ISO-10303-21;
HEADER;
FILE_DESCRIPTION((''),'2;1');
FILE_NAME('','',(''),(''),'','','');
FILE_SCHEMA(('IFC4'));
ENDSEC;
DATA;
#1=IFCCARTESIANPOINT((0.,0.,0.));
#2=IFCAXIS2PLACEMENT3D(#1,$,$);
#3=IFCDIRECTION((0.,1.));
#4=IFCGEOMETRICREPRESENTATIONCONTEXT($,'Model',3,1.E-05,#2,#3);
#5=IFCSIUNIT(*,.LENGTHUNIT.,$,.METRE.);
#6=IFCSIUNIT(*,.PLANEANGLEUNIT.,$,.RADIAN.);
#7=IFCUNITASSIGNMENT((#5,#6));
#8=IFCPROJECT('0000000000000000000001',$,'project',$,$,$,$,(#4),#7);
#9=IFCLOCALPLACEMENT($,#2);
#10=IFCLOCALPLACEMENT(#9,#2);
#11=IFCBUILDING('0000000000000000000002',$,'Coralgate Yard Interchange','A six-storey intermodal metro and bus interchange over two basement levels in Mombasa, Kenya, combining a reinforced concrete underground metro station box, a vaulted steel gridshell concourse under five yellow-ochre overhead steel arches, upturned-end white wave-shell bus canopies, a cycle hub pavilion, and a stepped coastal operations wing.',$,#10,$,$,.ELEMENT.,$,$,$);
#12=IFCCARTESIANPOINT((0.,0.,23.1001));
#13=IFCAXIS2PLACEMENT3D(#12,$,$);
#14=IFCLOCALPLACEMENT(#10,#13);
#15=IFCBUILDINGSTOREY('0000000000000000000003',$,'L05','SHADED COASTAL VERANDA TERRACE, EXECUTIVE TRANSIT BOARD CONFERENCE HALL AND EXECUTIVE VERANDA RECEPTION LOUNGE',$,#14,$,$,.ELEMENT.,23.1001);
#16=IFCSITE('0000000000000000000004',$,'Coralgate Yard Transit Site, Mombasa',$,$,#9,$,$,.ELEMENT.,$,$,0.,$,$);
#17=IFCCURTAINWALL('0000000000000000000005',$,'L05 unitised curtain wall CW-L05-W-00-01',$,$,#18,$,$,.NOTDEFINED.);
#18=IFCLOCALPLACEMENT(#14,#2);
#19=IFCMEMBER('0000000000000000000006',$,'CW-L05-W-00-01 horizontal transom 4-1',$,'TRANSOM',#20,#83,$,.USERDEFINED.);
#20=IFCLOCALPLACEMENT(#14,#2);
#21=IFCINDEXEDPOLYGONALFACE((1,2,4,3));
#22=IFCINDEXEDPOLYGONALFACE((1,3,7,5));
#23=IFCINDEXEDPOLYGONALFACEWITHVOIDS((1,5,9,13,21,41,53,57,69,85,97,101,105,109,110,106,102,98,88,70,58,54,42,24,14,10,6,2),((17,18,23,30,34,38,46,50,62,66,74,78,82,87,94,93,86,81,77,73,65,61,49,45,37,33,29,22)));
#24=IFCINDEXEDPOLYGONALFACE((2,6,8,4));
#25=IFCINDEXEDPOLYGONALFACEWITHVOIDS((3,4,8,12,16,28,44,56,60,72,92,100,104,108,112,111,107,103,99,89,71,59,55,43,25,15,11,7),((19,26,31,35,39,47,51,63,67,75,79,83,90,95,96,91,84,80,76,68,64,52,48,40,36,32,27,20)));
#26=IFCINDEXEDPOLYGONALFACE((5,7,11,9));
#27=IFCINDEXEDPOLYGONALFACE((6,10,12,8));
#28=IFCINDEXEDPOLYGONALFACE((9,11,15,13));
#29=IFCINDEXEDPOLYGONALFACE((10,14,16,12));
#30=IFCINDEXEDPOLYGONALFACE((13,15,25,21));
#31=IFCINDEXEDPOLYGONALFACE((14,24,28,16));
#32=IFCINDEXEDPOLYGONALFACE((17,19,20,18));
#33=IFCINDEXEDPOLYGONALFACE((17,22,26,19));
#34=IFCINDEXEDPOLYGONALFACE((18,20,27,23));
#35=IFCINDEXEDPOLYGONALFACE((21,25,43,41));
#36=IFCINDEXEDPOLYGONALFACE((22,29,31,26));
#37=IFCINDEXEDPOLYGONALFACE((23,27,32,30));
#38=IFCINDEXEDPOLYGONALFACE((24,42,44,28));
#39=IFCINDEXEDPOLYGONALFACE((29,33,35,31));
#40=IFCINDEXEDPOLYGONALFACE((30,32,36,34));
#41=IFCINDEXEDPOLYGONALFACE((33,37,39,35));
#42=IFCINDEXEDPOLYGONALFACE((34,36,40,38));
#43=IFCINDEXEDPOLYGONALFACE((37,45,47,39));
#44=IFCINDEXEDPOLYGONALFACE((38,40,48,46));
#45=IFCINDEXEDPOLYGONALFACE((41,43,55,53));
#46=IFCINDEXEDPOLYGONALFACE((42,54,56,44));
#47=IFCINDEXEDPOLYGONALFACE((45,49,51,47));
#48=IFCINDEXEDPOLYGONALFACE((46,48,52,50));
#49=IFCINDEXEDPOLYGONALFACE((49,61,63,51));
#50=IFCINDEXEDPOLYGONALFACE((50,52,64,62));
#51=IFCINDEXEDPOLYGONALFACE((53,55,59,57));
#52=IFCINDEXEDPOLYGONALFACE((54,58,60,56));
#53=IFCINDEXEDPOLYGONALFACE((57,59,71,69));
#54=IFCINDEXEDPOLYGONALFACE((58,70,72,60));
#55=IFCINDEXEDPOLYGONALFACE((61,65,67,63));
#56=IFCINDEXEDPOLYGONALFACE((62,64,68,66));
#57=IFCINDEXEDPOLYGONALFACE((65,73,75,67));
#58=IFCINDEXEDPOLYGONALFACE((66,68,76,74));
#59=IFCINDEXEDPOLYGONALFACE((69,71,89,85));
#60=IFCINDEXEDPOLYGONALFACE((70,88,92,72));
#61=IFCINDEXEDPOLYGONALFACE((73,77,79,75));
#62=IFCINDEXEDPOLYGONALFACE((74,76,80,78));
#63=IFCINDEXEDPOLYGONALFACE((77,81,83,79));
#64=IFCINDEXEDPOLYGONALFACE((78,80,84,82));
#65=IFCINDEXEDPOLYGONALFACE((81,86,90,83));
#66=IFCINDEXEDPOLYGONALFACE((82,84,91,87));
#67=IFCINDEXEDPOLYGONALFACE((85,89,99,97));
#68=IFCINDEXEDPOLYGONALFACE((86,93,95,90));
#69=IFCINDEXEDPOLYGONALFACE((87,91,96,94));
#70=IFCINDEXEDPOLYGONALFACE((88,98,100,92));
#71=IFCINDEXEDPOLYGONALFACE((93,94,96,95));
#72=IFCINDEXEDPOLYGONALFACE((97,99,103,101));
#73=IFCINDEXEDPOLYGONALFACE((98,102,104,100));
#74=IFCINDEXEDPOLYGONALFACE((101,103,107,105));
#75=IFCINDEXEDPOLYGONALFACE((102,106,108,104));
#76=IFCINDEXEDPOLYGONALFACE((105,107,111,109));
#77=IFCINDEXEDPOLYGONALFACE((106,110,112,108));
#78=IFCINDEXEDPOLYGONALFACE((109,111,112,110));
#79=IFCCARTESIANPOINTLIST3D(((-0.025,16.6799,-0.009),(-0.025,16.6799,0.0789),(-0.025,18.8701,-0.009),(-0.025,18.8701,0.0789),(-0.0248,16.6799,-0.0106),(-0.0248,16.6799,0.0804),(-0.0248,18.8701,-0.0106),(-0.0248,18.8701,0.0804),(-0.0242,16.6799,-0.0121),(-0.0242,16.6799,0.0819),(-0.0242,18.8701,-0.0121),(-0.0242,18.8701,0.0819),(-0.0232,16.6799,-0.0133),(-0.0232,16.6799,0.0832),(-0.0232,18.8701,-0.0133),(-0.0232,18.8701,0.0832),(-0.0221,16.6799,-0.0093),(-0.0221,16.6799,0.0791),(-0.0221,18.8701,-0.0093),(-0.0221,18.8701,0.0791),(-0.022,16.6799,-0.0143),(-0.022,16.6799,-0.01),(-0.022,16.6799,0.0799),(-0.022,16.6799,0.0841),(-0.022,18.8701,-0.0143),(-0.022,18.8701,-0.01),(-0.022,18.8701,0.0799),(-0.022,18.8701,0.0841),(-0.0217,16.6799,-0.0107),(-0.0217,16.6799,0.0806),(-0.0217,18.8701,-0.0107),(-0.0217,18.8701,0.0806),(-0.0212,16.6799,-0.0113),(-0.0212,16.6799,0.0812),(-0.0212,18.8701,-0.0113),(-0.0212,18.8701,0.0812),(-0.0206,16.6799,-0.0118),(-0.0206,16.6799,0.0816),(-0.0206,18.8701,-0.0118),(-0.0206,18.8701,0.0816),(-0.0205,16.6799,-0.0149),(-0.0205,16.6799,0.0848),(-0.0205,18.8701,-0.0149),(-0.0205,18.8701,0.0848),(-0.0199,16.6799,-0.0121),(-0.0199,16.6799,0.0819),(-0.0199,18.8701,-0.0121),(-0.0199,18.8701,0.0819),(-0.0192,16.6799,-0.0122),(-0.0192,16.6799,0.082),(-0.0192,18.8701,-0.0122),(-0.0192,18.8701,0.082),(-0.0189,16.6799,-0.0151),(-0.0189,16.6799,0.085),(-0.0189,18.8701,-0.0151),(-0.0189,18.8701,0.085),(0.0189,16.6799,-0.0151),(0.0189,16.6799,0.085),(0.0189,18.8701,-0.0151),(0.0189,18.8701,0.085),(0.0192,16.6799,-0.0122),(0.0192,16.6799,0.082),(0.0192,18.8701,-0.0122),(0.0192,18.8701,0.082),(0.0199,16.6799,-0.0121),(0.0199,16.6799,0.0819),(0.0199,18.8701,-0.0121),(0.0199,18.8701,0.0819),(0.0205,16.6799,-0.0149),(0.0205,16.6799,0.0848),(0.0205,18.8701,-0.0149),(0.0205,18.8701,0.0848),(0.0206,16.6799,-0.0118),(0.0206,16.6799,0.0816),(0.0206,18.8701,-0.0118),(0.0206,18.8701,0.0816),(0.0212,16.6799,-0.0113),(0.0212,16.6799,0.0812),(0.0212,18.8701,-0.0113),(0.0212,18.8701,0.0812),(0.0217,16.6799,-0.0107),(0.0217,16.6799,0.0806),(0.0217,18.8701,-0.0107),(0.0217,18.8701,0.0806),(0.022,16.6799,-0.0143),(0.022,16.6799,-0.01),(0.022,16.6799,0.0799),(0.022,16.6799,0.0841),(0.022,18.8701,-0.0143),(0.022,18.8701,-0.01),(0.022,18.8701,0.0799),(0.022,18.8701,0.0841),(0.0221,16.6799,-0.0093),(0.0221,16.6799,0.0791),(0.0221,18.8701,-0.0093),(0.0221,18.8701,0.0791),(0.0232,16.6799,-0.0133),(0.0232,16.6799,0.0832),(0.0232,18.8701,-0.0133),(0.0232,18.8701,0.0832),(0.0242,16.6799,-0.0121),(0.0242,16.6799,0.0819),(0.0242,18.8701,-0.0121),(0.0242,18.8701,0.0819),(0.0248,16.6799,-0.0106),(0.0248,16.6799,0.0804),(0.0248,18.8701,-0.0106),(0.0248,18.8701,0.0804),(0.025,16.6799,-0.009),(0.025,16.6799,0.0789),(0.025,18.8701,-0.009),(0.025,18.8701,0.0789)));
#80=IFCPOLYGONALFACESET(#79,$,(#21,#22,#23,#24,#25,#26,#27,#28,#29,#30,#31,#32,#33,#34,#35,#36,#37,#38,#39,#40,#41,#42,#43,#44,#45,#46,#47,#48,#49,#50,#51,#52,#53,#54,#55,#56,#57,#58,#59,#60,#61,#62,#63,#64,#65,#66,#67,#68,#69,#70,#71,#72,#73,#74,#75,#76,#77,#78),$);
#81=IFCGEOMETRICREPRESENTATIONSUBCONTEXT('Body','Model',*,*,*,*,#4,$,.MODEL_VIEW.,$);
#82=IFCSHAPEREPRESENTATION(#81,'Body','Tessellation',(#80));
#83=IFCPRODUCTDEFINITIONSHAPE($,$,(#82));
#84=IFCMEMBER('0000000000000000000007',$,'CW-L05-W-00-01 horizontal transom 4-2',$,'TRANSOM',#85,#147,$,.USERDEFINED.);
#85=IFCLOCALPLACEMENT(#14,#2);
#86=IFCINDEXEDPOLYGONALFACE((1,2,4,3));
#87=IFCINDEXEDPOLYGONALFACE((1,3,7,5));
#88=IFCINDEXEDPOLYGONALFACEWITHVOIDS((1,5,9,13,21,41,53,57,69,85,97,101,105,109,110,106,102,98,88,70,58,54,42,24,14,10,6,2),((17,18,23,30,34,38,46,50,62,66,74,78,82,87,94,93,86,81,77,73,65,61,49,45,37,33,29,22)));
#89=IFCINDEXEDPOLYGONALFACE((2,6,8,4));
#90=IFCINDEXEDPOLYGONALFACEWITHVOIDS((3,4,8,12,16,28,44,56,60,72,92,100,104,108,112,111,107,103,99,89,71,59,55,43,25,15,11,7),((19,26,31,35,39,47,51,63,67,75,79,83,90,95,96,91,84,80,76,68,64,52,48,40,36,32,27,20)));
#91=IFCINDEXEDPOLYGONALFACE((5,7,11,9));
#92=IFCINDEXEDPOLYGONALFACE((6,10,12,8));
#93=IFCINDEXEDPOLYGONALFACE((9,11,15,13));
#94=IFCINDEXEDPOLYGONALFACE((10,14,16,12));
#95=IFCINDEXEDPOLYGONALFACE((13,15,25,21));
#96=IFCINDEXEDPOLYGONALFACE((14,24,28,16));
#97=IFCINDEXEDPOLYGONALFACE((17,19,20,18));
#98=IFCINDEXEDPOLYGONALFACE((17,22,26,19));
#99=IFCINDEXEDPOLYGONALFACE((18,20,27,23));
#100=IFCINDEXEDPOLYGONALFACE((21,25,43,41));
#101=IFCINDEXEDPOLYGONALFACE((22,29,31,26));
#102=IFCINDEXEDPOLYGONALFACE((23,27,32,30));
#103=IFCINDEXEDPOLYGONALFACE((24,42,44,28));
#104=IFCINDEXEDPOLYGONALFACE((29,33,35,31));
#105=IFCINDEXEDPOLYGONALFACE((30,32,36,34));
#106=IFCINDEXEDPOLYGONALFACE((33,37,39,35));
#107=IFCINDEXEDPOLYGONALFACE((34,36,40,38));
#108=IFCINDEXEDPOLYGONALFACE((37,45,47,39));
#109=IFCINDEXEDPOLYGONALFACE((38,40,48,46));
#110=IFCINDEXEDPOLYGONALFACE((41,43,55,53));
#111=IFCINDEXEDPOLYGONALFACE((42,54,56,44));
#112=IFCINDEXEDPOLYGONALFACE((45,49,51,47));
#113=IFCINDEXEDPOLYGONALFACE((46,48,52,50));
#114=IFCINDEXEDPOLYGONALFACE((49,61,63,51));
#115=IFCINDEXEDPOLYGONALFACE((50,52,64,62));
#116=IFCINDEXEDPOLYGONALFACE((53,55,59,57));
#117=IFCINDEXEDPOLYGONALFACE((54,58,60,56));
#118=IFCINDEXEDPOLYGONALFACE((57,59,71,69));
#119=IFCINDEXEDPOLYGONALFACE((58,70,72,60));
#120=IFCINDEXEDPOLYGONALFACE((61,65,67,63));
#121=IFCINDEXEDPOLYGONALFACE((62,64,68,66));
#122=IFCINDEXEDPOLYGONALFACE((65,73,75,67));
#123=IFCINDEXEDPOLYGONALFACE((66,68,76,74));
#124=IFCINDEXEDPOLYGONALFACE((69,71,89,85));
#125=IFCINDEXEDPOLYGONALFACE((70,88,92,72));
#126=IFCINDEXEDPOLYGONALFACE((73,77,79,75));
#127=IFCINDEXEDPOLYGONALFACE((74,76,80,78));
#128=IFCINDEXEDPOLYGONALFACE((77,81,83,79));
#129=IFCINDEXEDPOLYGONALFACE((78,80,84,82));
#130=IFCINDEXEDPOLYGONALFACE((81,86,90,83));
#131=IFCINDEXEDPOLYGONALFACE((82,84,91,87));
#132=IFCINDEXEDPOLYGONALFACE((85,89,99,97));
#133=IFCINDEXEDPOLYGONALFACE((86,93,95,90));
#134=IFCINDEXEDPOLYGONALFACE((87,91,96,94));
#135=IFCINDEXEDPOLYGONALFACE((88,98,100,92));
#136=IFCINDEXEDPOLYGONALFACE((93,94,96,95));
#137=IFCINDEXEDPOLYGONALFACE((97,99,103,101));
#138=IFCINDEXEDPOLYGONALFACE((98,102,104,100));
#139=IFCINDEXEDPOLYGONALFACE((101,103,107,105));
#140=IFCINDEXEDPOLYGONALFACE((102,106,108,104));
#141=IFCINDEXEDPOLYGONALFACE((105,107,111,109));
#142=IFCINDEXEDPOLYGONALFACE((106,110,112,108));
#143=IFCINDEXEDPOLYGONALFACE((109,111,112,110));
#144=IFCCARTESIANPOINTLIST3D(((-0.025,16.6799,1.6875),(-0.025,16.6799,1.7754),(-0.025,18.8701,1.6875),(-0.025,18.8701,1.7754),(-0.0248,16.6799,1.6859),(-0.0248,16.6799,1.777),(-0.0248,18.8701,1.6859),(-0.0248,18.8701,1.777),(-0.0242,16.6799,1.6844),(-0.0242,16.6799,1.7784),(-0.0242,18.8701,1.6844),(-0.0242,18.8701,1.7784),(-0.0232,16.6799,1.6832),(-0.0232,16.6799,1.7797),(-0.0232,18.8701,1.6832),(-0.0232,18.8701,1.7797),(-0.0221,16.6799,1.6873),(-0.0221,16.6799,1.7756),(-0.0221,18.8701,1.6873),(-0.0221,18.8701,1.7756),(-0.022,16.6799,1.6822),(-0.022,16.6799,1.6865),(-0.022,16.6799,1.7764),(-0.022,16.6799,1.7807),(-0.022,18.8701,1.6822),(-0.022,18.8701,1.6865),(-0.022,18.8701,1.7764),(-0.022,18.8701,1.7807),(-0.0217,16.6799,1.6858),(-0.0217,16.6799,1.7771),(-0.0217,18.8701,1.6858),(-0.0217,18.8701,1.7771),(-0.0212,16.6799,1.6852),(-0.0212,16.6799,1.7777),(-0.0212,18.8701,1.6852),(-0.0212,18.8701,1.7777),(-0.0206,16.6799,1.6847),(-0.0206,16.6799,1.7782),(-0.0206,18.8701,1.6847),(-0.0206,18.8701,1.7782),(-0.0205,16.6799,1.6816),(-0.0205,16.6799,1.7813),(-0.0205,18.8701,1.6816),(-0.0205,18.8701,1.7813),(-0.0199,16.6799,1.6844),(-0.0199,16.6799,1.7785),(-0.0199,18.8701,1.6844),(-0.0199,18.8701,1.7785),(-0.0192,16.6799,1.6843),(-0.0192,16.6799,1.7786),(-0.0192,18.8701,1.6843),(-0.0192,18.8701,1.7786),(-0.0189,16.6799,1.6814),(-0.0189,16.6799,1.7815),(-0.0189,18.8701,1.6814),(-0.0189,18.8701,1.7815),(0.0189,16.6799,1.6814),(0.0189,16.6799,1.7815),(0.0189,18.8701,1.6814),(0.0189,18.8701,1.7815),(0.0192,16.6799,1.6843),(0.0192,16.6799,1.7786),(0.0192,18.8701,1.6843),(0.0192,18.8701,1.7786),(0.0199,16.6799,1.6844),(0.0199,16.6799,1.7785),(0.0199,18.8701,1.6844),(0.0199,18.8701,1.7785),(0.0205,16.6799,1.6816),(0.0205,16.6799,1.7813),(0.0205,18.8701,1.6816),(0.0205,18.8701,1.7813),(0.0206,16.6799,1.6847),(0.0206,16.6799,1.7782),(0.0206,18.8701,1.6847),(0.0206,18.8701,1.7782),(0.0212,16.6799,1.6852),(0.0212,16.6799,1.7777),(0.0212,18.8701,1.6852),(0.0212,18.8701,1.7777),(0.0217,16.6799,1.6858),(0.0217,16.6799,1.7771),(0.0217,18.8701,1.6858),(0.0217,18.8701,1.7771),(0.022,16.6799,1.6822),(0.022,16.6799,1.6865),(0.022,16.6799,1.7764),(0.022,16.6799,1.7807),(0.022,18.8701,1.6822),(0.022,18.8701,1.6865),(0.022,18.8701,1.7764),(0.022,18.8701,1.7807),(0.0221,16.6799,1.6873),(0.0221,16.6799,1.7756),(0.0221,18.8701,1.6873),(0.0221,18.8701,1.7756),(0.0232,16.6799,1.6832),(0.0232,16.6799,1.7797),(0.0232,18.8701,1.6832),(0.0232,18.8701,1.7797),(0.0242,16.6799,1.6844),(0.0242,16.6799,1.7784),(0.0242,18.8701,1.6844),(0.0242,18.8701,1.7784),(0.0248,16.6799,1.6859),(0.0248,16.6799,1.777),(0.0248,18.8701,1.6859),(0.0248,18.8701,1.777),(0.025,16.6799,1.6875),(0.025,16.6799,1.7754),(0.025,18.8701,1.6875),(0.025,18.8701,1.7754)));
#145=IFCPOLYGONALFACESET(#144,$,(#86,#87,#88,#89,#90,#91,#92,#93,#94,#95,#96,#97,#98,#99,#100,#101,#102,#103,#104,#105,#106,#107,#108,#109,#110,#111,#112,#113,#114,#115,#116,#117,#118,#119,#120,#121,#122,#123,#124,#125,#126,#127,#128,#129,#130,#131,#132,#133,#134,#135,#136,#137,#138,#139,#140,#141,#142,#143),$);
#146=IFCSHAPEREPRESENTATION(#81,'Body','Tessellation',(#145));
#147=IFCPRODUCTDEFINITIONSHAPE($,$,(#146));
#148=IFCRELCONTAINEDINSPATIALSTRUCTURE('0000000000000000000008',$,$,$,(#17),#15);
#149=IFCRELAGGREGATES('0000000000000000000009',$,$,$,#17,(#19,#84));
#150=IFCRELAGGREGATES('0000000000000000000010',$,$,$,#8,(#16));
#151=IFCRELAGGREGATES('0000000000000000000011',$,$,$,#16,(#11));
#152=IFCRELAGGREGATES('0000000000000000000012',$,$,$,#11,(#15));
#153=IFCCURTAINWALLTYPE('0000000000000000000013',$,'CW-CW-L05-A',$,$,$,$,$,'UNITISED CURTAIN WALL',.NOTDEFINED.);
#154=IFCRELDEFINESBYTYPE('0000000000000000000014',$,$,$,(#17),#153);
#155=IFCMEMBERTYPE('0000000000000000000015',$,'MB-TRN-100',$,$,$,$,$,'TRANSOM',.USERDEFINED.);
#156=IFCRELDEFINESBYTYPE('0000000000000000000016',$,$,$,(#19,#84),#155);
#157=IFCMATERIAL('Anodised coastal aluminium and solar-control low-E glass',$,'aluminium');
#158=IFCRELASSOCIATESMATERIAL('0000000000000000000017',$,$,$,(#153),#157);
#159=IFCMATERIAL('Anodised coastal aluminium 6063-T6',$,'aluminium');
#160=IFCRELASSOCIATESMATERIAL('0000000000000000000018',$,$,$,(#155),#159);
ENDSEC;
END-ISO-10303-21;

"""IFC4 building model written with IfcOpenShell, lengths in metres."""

from ifc_helpers import new_model, si_unit, direction, frame, origin, origin_2d, place, context, subcontext, project, spatial, hollow_rectangle, extrude, material, material_profile, profile_set, type_object, element, aggregate, save


model = new_model("IFC4")

# Units and contexts
model_context = context("Model", 3, precision=1e-05, world=origin(), true_north=direction((0.0, 1.0)))
body_context = subcontext(model_context, "Body", "Model", "MODEL_VIEW")
ifc_project = project(units=[si_unit("LENGTHUNIT", "METRE"), si_unit("PLANEANGLEUNIT", "RADIAN")], contexts=[model_context])

# Site, building, storey
site_placement = place(None, origin())
site = spatial("IfcSite", under=ifc_project, at=site_placement, Name="Coralgate Yard Transit Site, Mombasa", CompositionType="ELEMENT", RefElevation=0.0)
building_placement = place(site_placement, origin())
building = spatial("IfcBuilding", under=site, at=building_placement, Name="Coralgate Yard Interchange", Description="A six-storey intermodal metro and bus interchange over two basement levels in Mombasa, Kenya, combining a reinforced concrete underground metro station box, a vaulted steel gridshell concourse under five yellow-ochre overhead steel arches, upturned-end white wave-shell bus canopies, a cycle hub pavilion, and a stepped coastal operations wing.", CompositionType="ELEMENT")
storey_placement = place(building_placement, frame((0.0, 0.0, 23.1001)))
storey = spatial("IfcBuildingStorey", under=building, at=storey_placement, Name="L05", Description="SHADED COASTAL VERANDA TERRACE, EXECUTIVE TRANSIT BOARD CONFERENCE HALL AND EXECUTIVE VERANDA RECEPTION LOUNGE", CompositionType="ELEMENT", Elevation=23.1001)

# Curtain wall, members
ifc_material_1 = material(Name="Anodised coastal aluminium and solar-control low-E glass", Category="aluminium")
curtain_wall_type = type_object("IfcCurtainWallType", Name="CW-CW-L05-A", ElementType="UNITISED CURTAIN WALL", PredefinedType="NOTDEFINED", material=ifc_material_1)
curtain_wall_placement = place(storey_placement, origin())
curtain_wall = element("IfcCurtainWall", 1, at=curtain_wall_placement, inside=storey, type_object=curtain_wall_type, Name="L05 unitised curtain wall CW-L05-W-00-01", PredefinedType="NOTDEFINED")
ifc_material_2 = material(Name="Anodised coastal aluminium 6063-T6", Category="aluminium")
ifc_material_profile_1 = material_profile(ifc_material_2, hollow_rectangle(XDim=0.05, YDim=0.1001, WallThickness=0.0029, InnerFilletRadius=0.0029, OuterFilletRadius=0.0061, at=origin_2d()), Name="ALU 50x100x3")
ifc_profile_set_1 = profile_set([ifc_material_profile_1], Name="Anodised coastal aluminium 6063-T6")
member_type_1 = type_object("IfcMemberType", Name="MB-TRN-100", ElementType="TRANSOM", PredefinedType="USERDEFINED", material=ifc_profile_set_1)
member_1_placement = place(storey_placement, frame((0.0, 16.6799, 0.0349), z_axis=(0.0, 1.0, 0.0), x_axis=(-1.0, 0.0, 0.0)))
member_1 = element("IfcMember", 2, at=member_1_placement, type_object=member_type_1, Name="CW-L05-W-00-01 horizontal transom 4-1", ObjectType="TRANSOM", PredefinedType="USERDEFINED", context=body_context, shape_type="SweptSolid", body=[
    extrude(hollow_rectangle(XDim=0.05, YDim=0.1001, WallThickness=0.0029, InnerFilletRadius=0.0029, OuterFilletRadius=0.0061, at=origin_2d()), origin(), (0.0, 0.0, 1.0), 2.1902),
])
member_2_placement = place(storey_placement, frame((0.0, 16.6799, 1.7314), z_axis=(0.0, 1.0, 0.0), x_axis=(-1.0, 0.0, 0.0)))
member_2 = element("IfcMember", 3, at=member_2_placement, type_object=member_type_1, Name="CW-L05-W-00-01 horizontal transom 4-2", ObjectType="TRANSOM", PredefinedType="USERDEFINED", context=body_context, shape_type="SweptSolid", body=[
    extrude(hollow_rectangle(XDim=0.05, YDim=0.1001, WallThickness=0.0029, InnerFilletRadius=0.0029, OuterFilletRadius=0.0061, at=origin_2d()), origin(), (0.0, 0.0, 1.0), 2.1902),
])
aggregate(curtain_wall, [member_1, member_2])

save(model, "model.ifc")
